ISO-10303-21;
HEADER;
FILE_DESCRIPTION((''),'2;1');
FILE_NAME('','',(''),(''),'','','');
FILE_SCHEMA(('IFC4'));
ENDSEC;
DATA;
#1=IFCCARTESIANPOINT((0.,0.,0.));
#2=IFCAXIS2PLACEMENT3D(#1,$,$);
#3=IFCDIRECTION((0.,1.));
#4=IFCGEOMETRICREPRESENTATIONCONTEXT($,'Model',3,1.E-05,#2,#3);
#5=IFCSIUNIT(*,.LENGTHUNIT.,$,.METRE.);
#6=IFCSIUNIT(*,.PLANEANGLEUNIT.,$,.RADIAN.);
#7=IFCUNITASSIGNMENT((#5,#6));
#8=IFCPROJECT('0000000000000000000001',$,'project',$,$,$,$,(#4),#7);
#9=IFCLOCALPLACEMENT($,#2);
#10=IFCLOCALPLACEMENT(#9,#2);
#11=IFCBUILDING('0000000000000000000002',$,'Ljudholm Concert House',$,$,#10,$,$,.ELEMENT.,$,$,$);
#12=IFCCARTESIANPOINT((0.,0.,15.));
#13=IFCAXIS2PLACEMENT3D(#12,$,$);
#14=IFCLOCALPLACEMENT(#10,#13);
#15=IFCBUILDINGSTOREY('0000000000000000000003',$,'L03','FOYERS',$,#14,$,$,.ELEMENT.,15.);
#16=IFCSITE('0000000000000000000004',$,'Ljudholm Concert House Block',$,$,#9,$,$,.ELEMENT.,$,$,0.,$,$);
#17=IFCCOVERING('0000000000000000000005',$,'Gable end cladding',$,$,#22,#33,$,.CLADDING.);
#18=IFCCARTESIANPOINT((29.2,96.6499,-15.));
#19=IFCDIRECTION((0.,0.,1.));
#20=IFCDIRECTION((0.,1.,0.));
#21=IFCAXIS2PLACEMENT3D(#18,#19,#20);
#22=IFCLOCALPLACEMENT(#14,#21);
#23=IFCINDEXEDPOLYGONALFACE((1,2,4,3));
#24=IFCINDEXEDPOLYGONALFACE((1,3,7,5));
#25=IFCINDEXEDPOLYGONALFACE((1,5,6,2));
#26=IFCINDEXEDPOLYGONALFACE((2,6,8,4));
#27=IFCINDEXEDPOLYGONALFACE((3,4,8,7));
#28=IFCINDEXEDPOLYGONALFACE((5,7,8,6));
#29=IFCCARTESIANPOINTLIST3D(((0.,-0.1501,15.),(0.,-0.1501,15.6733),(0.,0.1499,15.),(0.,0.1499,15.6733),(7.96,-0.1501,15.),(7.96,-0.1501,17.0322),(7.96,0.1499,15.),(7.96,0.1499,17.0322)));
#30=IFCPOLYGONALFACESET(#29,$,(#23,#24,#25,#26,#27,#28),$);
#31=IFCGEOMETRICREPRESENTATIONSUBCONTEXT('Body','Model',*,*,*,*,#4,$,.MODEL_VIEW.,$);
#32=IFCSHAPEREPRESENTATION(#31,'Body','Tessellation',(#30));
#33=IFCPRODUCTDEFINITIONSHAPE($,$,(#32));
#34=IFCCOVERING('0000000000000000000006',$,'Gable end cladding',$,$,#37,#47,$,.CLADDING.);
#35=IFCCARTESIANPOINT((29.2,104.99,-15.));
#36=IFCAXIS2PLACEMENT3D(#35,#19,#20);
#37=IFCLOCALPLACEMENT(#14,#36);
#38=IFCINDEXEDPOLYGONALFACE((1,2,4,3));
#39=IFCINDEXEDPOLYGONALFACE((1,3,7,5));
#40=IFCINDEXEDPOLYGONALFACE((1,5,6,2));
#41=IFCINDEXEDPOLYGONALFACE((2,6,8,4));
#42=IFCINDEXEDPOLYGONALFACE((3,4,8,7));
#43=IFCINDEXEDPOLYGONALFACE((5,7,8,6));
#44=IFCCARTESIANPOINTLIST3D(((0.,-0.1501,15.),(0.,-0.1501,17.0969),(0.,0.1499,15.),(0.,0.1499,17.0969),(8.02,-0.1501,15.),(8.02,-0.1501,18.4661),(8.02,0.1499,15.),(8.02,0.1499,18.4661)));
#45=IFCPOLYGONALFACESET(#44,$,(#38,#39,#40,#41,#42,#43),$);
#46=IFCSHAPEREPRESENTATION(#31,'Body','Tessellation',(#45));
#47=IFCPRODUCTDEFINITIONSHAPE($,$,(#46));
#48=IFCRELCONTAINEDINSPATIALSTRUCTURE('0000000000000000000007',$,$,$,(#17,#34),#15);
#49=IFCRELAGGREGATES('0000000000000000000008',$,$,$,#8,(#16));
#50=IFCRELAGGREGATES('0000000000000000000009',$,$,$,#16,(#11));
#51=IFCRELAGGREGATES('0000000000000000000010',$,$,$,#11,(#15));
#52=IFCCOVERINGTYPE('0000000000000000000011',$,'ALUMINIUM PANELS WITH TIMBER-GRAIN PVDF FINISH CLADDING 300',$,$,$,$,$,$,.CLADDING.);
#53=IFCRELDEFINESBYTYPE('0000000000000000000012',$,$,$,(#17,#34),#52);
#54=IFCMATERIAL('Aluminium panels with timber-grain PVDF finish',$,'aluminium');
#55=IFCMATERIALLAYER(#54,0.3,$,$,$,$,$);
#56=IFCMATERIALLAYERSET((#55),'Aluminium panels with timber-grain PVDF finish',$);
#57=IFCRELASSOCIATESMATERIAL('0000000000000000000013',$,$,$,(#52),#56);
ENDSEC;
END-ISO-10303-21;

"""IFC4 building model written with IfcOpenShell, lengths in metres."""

from ifc_helpers import new_model, si_unit, direction, frame, origin, place, context, subcontext, project, spatial, polyline, outline, extrude, material, layer, layer_set, type_object, element, save


model = new_model("IFC4")

# Units and contexts
model_context = context("Model", 3, precision=1e-05, world=origin(), true_north=direction((0.0, 1.0)))
body_context = subcontext(model_context, "Body", "Model", "MODEL_VIEW")
ifc_project = project(units=[si_unit("LENGTHUNIT", "METRE"), si_unit("PLANEANGLEUNIT", "RADIAN")], contexts=[model_context])

# Site, building, storey
site_placement = place(None, origin())
site = spatial("IfcSite", under=ifc_project, at=site_placement, Name="Ljudholm Concert House Block", CompositionType="ELEMENT", RefElevation=0.0)
building_placement = place(site_placement, origin())
building = spatial("IfcBuilding", under=site, at=building_placement, Name="Ljudholm Concert House", CompositionType="ELEMENT")
storey_placement = place(building_placement, frame((0.0, 0.0, 15.0)))
storey = spatial("IfcBuildingStorey", under=building, at=storey_placement, Name="L03", Description="FOYERS", CompositionType="ELEMENT", Elevation=15.0)

# Coverings
ifc_material_1 = material(Name="Aluminium panels with timber-grain PVDF finish", Category="aluminium")
ifc_layer_1 = layer(ifc_material_1, 0.3)
ifc_layer_set_1 = layer_set([ifc_layer_1], Name="Aluminium panels with timber-grain PVDF finish")
covering_type = type_object("IfcCoveringType", Name="ALUMINIUM PANELS WITH TIMBER-GRAIN PVDF FINISH CLADDING 300", PredefinedType="CLADDING", material=ifc_layer_set_1)
covering_1_placement = place(storey_placement, frame((29.2, 96.6499, -15.0), z_axis=(0.0, 0.0, 1.0), x_axis=(0.0, 1.0, 0.0)))
element("IfcCovering", 1, at=covering_1_placement, inside=storey, type_object=covering_type, Name="Gable end cladding", PredefinedType="CLADDING", context=body_context, shape_type="SweptSolid", body=[
    extrude(outline(polyline([(0.0, 15.0), (7.96, 15.0), (7.96, 17.0322), (0.0, 15.6733), (0.0, 15.0)])), frame((0.0, 0.1499, 0.0), z_axis=(0.0, -1.0, 0.0), x_axis=(1.0, 0.0, 0.0)), (0.0, 0.0, 1.0), 0.3),
])
covering_2_placement = place(storey_placement, frame((29.2, 104.99, -15.0), z_axis=(0.0, 0.0, 1.0), x_axis=(0.0, 1.0, 0.0)))
element("IfcCovering", 2, at=covering_2_placement, inside=storey, type_object=covering_type, Name="Gable end cladding", PredefinedType="CLADDING", context=body_context, shape_type="SweptSolid", body=[
    extrude(outline(polyline([(0.0, 15.0), (8.02, 15.0), (8.02, 18.4661), (0.0, 17.0969), (0.0, 15.0)])), frame((0.0, 0.1499, 0.0), z_axis=(0.0, -1.0, 0.0), x_axis=(1.0, 0.0, 0.0)), (0.0, 0.0, 1.0), 0.3),
])

save(model, "model.ifc")
